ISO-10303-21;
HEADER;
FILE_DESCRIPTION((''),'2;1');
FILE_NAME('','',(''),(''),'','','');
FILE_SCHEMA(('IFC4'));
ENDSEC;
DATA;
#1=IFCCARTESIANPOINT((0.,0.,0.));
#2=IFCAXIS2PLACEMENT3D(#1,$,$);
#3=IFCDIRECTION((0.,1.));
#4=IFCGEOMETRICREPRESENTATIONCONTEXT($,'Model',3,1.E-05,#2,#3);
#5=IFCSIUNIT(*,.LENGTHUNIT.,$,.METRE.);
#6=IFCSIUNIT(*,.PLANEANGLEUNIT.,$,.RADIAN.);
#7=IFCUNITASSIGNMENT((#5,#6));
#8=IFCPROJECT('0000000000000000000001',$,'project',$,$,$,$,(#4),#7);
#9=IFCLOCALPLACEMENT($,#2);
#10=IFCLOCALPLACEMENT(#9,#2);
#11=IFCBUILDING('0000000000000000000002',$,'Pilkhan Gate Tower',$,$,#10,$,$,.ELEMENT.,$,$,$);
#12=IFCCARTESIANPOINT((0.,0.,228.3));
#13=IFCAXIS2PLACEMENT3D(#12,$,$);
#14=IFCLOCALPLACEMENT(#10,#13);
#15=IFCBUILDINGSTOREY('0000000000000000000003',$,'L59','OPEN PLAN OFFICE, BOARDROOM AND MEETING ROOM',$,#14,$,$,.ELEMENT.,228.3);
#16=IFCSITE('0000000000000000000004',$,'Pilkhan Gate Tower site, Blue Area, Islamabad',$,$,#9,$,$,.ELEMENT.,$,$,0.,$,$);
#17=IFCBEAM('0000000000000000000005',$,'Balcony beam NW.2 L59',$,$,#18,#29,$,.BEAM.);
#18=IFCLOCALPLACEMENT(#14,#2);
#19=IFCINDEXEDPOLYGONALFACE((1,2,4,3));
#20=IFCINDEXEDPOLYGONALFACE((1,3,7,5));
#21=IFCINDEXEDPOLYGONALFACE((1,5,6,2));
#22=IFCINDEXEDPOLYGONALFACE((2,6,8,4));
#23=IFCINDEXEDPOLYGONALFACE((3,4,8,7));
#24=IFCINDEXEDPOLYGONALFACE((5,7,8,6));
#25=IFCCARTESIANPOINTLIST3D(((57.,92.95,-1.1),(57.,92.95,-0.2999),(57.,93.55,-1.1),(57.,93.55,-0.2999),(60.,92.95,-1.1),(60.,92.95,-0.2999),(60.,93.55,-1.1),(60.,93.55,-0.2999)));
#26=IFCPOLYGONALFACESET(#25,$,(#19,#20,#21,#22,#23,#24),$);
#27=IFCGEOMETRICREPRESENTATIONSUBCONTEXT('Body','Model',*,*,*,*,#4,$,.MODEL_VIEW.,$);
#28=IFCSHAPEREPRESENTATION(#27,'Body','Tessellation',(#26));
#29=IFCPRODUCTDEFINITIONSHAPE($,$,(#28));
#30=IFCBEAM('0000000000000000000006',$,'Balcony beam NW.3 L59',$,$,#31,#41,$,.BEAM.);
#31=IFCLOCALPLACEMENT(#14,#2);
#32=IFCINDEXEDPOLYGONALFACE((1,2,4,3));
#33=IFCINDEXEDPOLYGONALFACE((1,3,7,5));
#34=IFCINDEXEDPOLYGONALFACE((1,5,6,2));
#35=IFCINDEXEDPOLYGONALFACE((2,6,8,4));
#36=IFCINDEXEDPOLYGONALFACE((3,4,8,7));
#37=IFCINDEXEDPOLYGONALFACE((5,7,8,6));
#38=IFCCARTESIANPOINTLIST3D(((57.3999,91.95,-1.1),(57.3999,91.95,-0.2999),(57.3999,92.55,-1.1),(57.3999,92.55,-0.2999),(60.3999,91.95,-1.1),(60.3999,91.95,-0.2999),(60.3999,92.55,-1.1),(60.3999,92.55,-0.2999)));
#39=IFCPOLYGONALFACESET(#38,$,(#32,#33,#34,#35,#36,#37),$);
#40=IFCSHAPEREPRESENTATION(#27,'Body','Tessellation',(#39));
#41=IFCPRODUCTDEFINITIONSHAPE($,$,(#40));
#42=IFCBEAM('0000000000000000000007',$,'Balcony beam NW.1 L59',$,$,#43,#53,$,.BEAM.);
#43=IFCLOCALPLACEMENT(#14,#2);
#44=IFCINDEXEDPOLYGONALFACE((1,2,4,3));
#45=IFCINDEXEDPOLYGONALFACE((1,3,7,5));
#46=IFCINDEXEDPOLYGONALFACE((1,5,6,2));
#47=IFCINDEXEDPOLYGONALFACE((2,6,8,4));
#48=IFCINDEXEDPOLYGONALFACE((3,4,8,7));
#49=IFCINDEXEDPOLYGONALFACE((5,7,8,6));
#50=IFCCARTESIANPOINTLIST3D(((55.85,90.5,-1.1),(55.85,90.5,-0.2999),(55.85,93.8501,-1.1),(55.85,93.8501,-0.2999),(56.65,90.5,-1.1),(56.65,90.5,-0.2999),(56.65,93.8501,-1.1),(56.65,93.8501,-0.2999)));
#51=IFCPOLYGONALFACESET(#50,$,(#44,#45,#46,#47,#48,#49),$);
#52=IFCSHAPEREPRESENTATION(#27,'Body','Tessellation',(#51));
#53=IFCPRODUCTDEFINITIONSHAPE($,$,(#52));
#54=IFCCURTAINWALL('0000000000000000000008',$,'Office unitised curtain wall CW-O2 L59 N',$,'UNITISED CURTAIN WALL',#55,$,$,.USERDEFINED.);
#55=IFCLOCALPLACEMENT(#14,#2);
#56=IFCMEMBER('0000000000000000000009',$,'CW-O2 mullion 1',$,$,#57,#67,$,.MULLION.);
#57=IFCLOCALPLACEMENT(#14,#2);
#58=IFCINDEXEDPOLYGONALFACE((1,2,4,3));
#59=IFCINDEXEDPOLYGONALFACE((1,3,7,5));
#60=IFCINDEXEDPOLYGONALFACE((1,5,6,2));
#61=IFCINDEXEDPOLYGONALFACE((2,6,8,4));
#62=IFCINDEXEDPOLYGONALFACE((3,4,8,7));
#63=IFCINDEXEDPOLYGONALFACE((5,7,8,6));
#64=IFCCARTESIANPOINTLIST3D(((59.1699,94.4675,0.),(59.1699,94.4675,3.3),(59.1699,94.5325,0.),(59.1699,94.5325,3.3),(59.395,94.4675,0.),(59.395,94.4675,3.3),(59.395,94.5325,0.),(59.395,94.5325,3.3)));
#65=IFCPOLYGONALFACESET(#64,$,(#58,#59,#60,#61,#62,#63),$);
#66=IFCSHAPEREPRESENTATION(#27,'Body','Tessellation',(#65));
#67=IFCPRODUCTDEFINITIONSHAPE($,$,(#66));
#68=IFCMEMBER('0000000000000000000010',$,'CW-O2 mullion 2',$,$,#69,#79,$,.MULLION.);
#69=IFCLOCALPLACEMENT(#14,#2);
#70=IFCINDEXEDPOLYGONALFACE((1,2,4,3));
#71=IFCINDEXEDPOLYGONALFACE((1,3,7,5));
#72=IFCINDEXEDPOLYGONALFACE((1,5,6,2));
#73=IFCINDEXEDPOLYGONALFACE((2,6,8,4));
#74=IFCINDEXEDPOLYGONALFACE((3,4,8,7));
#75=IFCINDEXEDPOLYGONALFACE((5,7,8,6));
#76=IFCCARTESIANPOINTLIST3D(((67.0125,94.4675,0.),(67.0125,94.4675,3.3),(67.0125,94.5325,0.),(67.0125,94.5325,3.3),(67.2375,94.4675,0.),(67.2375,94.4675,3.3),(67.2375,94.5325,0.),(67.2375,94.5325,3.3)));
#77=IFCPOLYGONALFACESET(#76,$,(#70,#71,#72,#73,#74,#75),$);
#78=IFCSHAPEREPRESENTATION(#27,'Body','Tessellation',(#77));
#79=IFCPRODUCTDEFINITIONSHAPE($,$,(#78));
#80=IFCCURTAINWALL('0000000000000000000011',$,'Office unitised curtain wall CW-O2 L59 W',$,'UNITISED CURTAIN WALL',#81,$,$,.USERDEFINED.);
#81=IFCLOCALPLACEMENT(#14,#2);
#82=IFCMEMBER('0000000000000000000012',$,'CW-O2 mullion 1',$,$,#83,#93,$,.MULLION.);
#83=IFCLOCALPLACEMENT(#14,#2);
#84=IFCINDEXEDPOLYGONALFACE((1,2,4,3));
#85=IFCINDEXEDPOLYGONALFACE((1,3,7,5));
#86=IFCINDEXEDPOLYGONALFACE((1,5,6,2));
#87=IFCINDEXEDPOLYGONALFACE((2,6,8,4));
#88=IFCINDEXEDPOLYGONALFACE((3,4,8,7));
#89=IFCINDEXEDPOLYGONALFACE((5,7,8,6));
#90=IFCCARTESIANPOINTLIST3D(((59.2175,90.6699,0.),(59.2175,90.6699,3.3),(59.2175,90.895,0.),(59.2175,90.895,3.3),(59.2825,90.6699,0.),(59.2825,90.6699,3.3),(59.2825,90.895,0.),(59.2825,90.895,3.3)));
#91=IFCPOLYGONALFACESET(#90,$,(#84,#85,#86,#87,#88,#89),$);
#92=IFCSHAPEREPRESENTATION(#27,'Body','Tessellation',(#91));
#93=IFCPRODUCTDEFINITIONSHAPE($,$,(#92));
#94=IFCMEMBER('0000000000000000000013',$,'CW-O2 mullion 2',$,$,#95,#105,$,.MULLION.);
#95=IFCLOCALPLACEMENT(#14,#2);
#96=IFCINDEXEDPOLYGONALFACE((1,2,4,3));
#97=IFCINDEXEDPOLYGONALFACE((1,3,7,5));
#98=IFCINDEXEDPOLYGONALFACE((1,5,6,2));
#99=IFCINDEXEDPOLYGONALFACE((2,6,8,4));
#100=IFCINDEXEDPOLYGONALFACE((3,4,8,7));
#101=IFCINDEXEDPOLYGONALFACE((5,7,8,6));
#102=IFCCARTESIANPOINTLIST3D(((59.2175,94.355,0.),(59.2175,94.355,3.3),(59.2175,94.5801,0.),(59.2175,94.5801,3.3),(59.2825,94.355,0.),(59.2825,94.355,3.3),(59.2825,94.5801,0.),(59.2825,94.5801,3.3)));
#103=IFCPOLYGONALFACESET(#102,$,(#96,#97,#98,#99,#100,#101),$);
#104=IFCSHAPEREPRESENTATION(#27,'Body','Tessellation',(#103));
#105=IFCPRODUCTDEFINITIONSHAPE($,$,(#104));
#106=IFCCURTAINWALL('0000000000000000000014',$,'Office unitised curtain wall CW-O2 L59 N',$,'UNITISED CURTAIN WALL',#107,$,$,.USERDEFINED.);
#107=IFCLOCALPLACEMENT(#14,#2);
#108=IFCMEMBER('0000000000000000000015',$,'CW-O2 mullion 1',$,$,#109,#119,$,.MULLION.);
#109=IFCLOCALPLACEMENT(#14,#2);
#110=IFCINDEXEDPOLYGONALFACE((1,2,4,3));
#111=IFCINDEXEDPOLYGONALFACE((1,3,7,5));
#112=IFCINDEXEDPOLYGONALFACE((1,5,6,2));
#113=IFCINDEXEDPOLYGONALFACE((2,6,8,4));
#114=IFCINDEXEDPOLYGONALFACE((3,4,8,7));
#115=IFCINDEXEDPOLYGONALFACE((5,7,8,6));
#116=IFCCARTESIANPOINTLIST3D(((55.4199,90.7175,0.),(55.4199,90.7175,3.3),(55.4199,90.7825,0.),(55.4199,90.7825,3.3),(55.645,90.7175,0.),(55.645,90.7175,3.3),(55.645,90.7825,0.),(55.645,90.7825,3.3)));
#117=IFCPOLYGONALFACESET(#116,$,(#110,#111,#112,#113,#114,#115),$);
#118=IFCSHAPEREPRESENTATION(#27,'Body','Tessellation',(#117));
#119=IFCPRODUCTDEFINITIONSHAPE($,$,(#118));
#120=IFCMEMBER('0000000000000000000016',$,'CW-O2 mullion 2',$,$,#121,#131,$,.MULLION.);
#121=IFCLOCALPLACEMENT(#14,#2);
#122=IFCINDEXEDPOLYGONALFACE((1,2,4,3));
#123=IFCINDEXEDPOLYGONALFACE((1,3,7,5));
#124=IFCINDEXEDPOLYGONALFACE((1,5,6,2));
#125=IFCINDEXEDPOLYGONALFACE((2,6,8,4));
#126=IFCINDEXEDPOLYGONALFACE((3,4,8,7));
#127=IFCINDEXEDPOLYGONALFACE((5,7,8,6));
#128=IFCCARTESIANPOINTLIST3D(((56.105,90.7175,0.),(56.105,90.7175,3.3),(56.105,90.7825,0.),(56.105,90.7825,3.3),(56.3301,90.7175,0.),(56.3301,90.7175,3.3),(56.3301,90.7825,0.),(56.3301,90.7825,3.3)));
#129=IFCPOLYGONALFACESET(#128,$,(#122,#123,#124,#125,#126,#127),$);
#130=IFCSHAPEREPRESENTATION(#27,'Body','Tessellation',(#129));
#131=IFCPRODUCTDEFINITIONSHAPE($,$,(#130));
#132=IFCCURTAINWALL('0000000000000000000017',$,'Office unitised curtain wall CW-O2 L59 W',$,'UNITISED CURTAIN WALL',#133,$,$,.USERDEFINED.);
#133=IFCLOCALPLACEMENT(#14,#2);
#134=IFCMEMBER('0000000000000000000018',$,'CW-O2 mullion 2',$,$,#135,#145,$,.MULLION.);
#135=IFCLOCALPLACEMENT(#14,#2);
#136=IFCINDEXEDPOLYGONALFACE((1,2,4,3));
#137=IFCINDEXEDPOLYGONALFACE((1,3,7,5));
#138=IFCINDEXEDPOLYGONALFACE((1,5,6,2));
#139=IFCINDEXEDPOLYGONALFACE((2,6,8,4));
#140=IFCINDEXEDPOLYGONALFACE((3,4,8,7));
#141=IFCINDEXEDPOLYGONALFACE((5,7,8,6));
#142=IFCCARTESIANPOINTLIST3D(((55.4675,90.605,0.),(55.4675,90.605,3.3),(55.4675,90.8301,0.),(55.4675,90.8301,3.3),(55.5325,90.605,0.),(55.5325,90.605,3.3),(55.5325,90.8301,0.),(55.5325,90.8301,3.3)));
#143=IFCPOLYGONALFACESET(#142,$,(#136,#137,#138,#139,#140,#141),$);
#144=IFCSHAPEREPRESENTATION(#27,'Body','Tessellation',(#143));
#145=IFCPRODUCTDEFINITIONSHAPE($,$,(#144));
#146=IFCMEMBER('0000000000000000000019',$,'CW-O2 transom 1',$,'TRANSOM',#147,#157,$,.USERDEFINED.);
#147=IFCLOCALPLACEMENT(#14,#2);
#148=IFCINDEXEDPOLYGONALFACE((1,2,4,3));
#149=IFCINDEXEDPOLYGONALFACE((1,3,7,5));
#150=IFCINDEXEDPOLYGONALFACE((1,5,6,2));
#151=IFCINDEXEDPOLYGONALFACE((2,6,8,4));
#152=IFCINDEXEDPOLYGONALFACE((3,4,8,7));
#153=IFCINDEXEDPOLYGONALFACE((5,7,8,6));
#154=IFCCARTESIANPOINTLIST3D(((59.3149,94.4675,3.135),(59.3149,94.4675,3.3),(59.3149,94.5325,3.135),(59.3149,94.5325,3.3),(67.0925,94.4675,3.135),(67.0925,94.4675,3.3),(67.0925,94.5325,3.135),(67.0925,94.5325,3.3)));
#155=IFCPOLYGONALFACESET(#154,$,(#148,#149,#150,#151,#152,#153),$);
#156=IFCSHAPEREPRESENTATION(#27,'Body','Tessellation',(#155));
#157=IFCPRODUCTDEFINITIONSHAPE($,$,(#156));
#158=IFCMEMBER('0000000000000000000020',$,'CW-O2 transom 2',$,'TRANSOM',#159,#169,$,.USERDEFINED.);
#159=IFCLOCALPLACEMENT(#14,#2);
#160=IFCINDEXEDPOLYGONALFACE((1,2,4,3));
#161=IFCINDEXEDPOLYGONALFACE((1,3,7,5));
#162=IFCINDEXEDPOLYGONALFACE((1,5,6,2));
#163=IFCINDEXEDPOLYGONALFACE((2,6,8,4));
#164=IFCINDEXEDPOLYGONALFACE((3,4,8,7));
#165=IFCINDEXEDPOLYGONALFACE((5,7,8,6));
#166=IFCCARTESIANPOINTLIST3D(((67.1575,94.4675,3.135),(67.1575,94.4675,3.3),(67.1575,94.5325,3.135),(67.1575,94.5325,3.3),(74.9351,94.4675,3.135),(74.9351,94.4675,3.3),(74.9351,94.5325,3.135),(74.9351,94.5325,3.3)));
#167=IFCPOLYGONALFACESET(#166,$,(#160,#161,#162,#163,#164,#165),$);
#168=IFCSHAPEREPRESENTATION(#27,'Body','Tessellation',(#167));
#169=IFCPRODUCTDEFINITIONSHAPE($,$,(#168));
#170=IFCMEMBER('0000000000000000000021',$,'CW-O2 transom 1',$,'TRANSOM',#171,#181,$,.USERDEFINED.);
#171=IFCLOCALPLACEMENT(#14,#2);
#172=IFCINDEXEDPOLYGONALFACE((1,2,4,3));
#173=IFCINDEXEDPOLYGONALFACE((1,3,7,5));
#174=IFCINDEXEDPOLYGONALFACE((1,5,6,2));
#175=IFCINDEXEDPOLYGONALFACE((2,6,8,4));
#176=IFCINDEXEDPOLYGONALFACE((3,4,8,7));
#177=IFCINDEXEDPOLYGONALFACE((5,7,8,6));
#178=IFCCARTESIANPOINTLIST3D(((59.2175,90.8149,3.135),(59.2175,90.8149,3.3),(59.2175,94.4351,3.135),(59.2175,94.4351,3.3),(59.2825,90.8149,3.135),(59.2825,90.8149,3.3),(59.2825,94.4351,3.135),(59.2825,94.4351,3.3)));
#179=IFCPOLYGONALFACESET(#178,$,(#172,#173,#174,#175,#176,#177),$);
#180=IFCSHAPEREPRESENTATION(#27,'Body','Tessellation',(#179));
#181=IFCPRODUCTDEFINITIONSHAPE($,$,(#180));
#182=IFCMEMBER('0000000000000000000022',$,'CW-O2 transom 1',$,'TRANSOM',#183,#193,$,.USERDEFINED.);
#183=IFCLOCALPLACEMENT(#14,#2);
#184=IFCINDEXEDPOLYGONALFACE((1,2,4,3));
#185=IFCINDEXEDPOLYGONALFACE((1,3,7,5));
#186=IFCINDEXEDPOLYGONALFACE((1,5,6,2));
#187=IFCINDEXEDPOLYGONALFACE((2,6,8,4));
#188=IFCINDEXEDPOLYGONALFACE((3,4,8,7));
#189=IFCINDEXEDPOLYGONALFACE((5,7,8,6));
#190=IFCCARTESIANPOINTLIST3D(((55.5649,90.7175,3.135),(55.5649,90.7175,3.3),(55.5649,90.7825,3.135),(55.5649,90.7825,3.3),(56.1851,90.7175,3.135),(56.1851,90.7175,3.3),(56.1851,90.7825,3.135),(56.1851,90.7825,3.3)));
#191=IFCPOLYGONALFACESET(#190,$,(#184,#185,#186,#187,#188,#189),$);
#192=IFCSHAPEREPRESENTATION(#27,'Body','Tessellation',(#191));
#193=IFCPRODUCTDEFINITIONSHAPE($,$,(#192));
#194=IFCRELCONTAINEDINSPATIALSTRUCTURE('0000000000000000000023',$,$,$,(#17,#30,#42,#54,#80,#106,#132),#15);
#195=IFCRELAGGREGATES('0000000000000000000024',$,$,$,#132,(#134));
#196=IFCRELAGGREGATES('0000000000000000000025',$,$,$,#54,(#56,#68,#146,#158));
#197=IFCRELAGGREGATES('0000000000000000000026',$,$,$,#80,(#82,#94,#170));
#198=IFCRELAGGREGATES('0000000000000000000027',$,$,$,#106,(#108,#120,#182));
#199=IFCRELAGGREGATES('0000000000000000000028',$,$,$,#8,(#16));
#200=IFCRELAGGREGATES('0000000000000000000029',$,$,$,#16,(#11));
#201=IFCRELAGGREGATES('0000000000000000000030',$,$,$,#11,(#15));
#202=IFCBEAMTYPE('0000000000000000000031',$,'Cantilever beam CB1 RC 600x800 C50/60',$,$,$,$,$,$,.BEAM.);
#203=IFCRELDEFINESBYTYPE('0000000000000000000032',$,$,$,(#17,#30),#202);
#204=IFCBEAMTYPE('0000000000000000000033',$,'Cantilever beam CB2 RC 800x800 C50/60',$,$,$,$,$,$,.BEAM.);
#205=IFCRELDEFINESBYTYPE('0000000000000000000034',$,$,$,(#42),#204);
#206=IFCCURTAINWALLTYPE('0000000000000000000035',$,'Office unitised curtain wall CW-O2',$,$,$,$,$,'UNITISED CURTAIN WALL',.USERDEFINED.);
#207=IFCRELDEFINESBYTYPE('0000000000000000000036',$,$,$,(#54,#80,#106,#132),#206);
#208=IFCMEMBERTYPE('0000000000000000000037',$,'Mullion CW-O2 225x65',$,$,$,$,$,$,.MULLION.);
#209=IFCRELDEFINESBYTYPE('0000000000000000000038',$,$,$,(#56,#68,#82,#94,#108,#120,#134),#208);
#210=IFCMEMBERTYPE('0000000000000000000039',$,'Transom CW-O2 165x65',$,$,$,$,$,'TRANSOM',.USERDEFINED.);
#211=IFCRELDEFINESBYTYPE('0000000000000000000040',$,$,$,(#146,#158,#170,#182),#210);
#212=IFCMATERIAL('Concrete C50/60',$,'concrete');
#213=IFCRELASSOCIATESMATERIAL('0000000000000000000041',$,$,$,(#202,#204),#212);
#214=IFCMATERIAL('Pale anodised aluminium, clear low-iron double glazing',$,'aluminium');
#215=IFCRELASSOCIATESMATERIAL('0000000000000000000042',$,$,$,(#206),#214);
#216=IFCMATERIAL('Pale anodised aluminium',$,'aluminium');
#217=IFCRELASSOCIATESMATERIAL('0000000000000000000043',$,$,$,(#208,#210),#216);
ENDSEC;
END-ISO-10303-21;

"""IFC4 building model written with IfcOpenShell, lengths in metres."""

from ifc_helpers import new_model, si_unit, direction, frame, origin, origin_2d, place, context, subcontext, project, spatial, rectangle, extrude, material, material_profile, profile_set, type_object, element, aggregate, save


model = new_model("IFC4")

# Units and contexts
model_context = context("Model", 3, precision=1e-05, world=origin(), true_north=direction((0.0, 1.0)))
body_context = subcontext(model_context, "Body", "Model", "MODEL_VIEW")
ifc_project = project(units=[si_unit("LENGTHUNIT", "METRE"), si_unit("PLANEANGLEUNIT", "RADIAN")], contexts=[model_context])

# Site, building, storey
site_placement = place(None, origin())
site = spatial("IfcSite", under=ifc_project, at=site_placement, Name="Pilkhan Gate Tower site, Blue Area, Islamabad", CompositionType="ELEMENT", RefElevation=0.0)
building_placement = place(site_placement, origin())
building = spatial("IfcBuilding", under=site, at=building_placement, Name="Pilkhan Gate Tower", CompositionType="ELEMENT")
storey_placement = place(building_placement, frame((0.0, 0.0, 228.3)))
storey = spatial("IfcBuildingStorey", under=building, at=storey_placement, Name="L59", Description="OPEN PLAN OFFICE, BOARDROOM AND MEETING ROOM", CompositionType="ELEMENT", Elevation=228.3)

# Beams
ifc_material_1 = material(Name="Concrete C50/60", Category="concrete")
ifc_material_profile_1 = material_profile(ifc_material_1, rectangle(XDim=0.6001, YDim=0.8, at=origin_2d()), Name="RC 600x800")
ifc_profile_set_1 = profile_set([ifc_material_profile_1], Name="Concrete C50/60")
beam_type_1 = type_object("IfcBeamType", Name="Cantilever beam CB1 RC 600x800 C50/60", PredefinedType="BEAM", material=ifc_profile_set_1)
for number, where, z_axis, x_axis, name in (
    (1, (60.0, 93.25, -0.7), (-1.0, 0.0, 0.0), (0.0, -1.0, 0.0), "Balcony beam NW.2 L59"),
    (2, (60.3999, 92.25, -0.7), (-1.0, 0.0, 0.0), (0.0, -1.0, 0.0), "Balcony beam NW.3 L59"),
):
    element("IfcBeam", number, at=place(storey_placement, frame(where, z_axis=z_axis, x_axis=x_axis)), inside=storey, type_object=beam_type_1, Name=name, PredefinedType="BEAM", context=body_context, shape_type="SweptSolid", body=[
        extrude(rectangle(XDim=0.6001, YDim=0.8, at=origin_2d()), origin(), (0.0, 0.0, 1.0), 3.0),
    ])
ifc_material_profile_2 = material_profile(ifc_material_1, rectangle(XDim=0.8, YDim=0.8, at=origin_2d()), Name="RC 800x800")
ifc_profile_set_2 = profile_set([ifc_material_profile_2], Name="Concrete C50/60")
beam_type_2 = type_object("IfcBeamType", Name="Cantilever beam CB2 RC 800x800 C50/60", PredefinedType="BEAM", material=ifc_profile_set_2)
beam_placement = place(storey_placement, frame((56.25, 90.5, -0.7), z_axis=(0.0, 1.0, 0.0), x_axis=(-1.0, 0.0, 0.0)))
element("IfcBeam", 3, at=beam_placement, inside=storey, type_object=beam_type_2, Name="Balcony beam NW.1 L59", PredefinedType="BEAM", context=body_context, shape_type="SweptSolid", body=[
    extrude(rectangle(XDim=0.8, YDim=0.8, at=origin_2d()), origin(), (0.0, 0.0, 1.0), 3.3501),
])

# Curtain walls, members
ifc_material_2 = material(Name="Pale anodised aluminium, clear low-iron double glazing", Category="aluminium")
curtain_wall_type = type_object("IfcCurtainWallType", Name="Office unitised curtain wall CW-O2", ElementType="UNITISED CURTAIN WALL", PredefinedType="USERDEFINED", material=ifc_material_2)
curtain_wall_1_placement = place(storey_placement, origin())
curtain_wall_1 = element("IfcCurtainWall", 4, at=curtain_wall_1_placement, inside=storey, type_object=curtain_wall_type, Name="Office unitised curtain wall CW-O2 L59 N", ObjectType="UNITISED CURTAIN WALL", PredefinedType="USERDEFINED")
ifc_material_3 = material(Name="Pale anodised aluminium", Category="aluminium")
ifc_material_profile_3 = material_profile(ifc_material_3, rectangle(XDim=0.0649, YDim=0.2251, at=origin_2d()), Name="Mullion 225x65")
ifc_profile_set_3 = profile_set([ifc_material_profile_3], Name="Pale anodised aluminium")
member_type_1 = type_object("IfcMemberType", Name="Mullion CW-O2 225x65", PredefinedType="MULLION", material=ifc_profile_set_3)
member_1_placement = place(storey_placement, frame((59.2825, 94.5, 0.0), z_axis=(0.0, 0.0, 1.0), x_axis=(0.0, 1.0, 0.0)))
member_1 = element("IfcMember", 5, at=member_1_placement, type_object=member_type_1, Name="CW-O2 mullion 1", PredefinedType="MULLION", context=body_context, shape_type="SweptSolid", body=[
    extrude(rectangle(XDim=0.0649, YDim=0.2251, at=origin_2d()), origin(), (0.0, 0.0, 1.0), 3.3),
])
member_2_placement = place(storey_placement, frame((67.125, 94.5, 0.0), z_axis=(0.0, 0.0, 1.0), x_axis=(0.0, 1.0, 0.0)))
member_2 = element("IfcMember", 6, at=member_2_placement, type_object=member_type_1, Name="CW-O2 mullion 2", PredefinedType="MULLION", context=body_context, shape_type="SweptSolid", body=[
    extrude(rectangle(XDim=0.0649, YDim=0.2251, at=origin_2d()), origin(), (0.0, 0.0, 1.0), 3.3),
])
curtain_wall_2_placement = place(storey_placement, origin())
curtain_wall_2 = element("IfcCurtainWall", 7, at=curtain_wall_2_placement, inside=storey, type_object=curtain_wall_type, Name="Office unitised curtain wall CW-O2 L59 W", ObjectType="UNITISED CURTAIN WALL", PredefinedType="USERDEFINED")
member_3_placement = place(storey_placement, frame((59.25, 90.7825, 0.0), z_axis=(0.0, 0.0, 1.0), x_axis=(-1.0, 0.0, 0.0)))
member_3 = element("IfcMember", 8, at=member_3_placement, type_object=member_type_1, Name="CW-O2 mullion 1", PredefinedType="MULLION", context=body_context, shape_type="SweptSolid", body=[
    extrude(rectangle(XDim=0.0649, YDim=0.2251, at=origin_2d()), origin(), (0.0, 0.0, 1.0), 3.3),
])
member_4_placement = place(storey_placement, frame((59.25, 94.4675, 0.0), z_axis=(0.0, 0.0, 1.0), x_axis=(-1.0, 0.0, 0.0)))
member_4 = element("IfcMember", 9, at=member_4_placement, type_object=member_type_1, Name="CW-O2 mullion 2", PredefinedType="MULLION", context=body_context, shape_type="SweptSolid", body=[
    extrude(rectangle(XDim=0.0649, YDim=0.2251, at=origin_2d()), origin(), (0.0, 0.0, 1.0), 3.3),
])
curtain_wall_3_placement = place(storey_placement, origin())
curtain_wall_3 = element("IfcCurtainWall", 10, at=curtain_wall_3_placement, inside=storey, type_object=curtain_wall_type, Name="Office unitised curtain wall CW-O2 L59 N", ObjectType="UNITISED CURTAIN WALL", PredefinedType="USERDEFINED")
member_5_placement = place(storey_placement, frame((55.5325, 90.75, 0.0), z_axis=(0.0, 0.0, 1.0), x_axis=(0.0, 1.0, 0.0)))
member_5 = element("IfcMember", 11, at=member_5_placement, type_object=member_type_1, Name="CW-O2 mullion 1", PredefinedType="MULLION", context=body_context, shape_type="SweptSolid", body=[
    extrude(rectangle(XDim=0.0649, YDim=0.2251, at=origin_2d()), origin(), (0.0, 0.0, 1.0), 3.3),
])
member_6_placement = place(storey_placement, frame((56.2175, 90.75, 0.0), z_axis=(0.0, 0.0, 1.0), x_axis=(0.0, 1.0, 0.0)))
member_6 = element("IfcMember", 12, at=member_6_placement, type_object=member_type_1, Name="CW-O2 mullion 2", PredefinedType="MULLION", context=body_context, shape_type="SweptSolid", body=[
    extrude(rectangle(XDim=0.0649, YDim=0.2251, at=origin_2d()), origin(), (0.0, 0.0, 1.0), 3.3),
])

# Curtain wall, member
curtain_wall_4_placement = place(storey_placement, origin())
curtain_wall_4 = element("IfcCurtainWall", 13, at=curtain_wall_4_placement, inside=storey, type_object=curtain_wall_type, Name="Office unitised curtain wall CW-O2 L59 W", ObjectType="UNITISED CURTAIN WALL", PredefinedType="USERDEFINED")
member_7_placement = place(storey_placement, frame((55.5, 90.7175, 0.0), z_axis=(0.0, 0.0, 1.0), x_axis=(-1.0, 0.0, 0.0)))
member_7 = element("IfcMember", 14, at=member_7_placement, type_object=member_type_1, Name="CW-O2 mullion 2", PredefinedType="MULLION", context=body_context, shape_type="SweptSolid", body=[
    extrude(rectangle(XDim=0.0649, YDim=0.2251, at=origin_2d()), origin(), (0.0, 0.0, 1.0), 3.3),
])
aggregate(curtain_wall_4, [member_7])

# Members
ifc_material_profile_4 = material_profile(ifc_material_3, rectangle(XDim=0.0649, YDim=0.165, at=origin_2d()), Name="Transom 165x65")
ifc_profile_set_4 = profile_set([ifc_material_profile_4], Name="Pale anodised aluminium")
member_type_2 = type_object("IfcMemberType", Name="Transom CW-O2 165x65", ElementType="TRANSOM", PredefinedType="USERDEFINED", material=ifc_profile_set_4)
member_8_placement = place(storey_placement, frame((59.3149, 94.5, 3.2175), z_axis=(1.0, 0.0, 0.0), x_axis=(0.0, 1.0, 0.0)))
member_8 = element("IfcMember", 15, at=member_8_placement, type_object=member_type_2, Name="CW-O2 transom 1", ObjectType="TRANSOM", PredefinedType="USERDEFINED", context=body_context, shape_type="SweptSolid", body=[
    extrude(rectangle(XDim=0.0649, YDim=0.165, at=origin_2d()), origin(), (0.0, 0.0, 1.0), 7.7776),
])
member_9_placement = place(storey_placement, frame((67.1575, 94.5, 3.2175), z_axis=(1.0, 0.0, 0.0), x_axis=(0.0, 1.0, 0.0)))
member_9 = element("IfcMember", 16, at=member_9_placement, type_object=member_type_2, Name="CW-O2 transom 2", ObjectType="TRANSOM", PredefinedType="USERDEFINED", context=body_context, shape_type="SweptSolid", body=[
    extrude(rectangle(XDim=0.0649, YDim=0.165, at=origin_2d()), origin(), (0.0, 0.0, 1.0), 7.7776),
])
member_10_placement = place(storey_placement, frame((59.25, 90.8149, 3.2175), z_axis=(0.0, 1.0, 0.0), x_axis=(-1.0, 0.0, 0.0)))
member_10 = element("IfcMember", 17, at=member_10_placement, type_object=member_type_2, Name="CW-O2 transom 1", ObjectType="TRANSOM", PredefinedType="USERDEFINED", context=body_context, shape_type="SweptSolid", body=[
    extrude(rectangle(XDim=0.0649, YDim=0.165, at=origin_2d()), origin(), (0.0, 0.0, 1.0), 3.6201),
])
member_11_placement = place(storey_placement, frame((55.5649, 90.75, 3.2175), z_axis=(1.0, 0.0, 0.0), x_axis=(0.0, 1.0, 0.0)))
member_11 = element("IfcMember", 18, at=member_11_placement, type_object=member_type_2, Name="CW-O2 transom 1", ObjectType="TRANSOM", PredefinedType="USERDEFINED", context=body_context, shape_type="SweptSolid", body=[
    extrude(rectangle(XDim=0.0649, YDim=0.165, at=origin_2d()), origin(), (0.0, 0.0, 1.0), 0.6201),
])

aggregate(curtain_wall_1, [member_1, member_2, member_8, member_9])
aggregate(curtain_wall_2, [member_3, member_4, member_10])
aggregate(curtain_wall_3, [member_5, member_6, member_11])

save(model, "model.ifc")
